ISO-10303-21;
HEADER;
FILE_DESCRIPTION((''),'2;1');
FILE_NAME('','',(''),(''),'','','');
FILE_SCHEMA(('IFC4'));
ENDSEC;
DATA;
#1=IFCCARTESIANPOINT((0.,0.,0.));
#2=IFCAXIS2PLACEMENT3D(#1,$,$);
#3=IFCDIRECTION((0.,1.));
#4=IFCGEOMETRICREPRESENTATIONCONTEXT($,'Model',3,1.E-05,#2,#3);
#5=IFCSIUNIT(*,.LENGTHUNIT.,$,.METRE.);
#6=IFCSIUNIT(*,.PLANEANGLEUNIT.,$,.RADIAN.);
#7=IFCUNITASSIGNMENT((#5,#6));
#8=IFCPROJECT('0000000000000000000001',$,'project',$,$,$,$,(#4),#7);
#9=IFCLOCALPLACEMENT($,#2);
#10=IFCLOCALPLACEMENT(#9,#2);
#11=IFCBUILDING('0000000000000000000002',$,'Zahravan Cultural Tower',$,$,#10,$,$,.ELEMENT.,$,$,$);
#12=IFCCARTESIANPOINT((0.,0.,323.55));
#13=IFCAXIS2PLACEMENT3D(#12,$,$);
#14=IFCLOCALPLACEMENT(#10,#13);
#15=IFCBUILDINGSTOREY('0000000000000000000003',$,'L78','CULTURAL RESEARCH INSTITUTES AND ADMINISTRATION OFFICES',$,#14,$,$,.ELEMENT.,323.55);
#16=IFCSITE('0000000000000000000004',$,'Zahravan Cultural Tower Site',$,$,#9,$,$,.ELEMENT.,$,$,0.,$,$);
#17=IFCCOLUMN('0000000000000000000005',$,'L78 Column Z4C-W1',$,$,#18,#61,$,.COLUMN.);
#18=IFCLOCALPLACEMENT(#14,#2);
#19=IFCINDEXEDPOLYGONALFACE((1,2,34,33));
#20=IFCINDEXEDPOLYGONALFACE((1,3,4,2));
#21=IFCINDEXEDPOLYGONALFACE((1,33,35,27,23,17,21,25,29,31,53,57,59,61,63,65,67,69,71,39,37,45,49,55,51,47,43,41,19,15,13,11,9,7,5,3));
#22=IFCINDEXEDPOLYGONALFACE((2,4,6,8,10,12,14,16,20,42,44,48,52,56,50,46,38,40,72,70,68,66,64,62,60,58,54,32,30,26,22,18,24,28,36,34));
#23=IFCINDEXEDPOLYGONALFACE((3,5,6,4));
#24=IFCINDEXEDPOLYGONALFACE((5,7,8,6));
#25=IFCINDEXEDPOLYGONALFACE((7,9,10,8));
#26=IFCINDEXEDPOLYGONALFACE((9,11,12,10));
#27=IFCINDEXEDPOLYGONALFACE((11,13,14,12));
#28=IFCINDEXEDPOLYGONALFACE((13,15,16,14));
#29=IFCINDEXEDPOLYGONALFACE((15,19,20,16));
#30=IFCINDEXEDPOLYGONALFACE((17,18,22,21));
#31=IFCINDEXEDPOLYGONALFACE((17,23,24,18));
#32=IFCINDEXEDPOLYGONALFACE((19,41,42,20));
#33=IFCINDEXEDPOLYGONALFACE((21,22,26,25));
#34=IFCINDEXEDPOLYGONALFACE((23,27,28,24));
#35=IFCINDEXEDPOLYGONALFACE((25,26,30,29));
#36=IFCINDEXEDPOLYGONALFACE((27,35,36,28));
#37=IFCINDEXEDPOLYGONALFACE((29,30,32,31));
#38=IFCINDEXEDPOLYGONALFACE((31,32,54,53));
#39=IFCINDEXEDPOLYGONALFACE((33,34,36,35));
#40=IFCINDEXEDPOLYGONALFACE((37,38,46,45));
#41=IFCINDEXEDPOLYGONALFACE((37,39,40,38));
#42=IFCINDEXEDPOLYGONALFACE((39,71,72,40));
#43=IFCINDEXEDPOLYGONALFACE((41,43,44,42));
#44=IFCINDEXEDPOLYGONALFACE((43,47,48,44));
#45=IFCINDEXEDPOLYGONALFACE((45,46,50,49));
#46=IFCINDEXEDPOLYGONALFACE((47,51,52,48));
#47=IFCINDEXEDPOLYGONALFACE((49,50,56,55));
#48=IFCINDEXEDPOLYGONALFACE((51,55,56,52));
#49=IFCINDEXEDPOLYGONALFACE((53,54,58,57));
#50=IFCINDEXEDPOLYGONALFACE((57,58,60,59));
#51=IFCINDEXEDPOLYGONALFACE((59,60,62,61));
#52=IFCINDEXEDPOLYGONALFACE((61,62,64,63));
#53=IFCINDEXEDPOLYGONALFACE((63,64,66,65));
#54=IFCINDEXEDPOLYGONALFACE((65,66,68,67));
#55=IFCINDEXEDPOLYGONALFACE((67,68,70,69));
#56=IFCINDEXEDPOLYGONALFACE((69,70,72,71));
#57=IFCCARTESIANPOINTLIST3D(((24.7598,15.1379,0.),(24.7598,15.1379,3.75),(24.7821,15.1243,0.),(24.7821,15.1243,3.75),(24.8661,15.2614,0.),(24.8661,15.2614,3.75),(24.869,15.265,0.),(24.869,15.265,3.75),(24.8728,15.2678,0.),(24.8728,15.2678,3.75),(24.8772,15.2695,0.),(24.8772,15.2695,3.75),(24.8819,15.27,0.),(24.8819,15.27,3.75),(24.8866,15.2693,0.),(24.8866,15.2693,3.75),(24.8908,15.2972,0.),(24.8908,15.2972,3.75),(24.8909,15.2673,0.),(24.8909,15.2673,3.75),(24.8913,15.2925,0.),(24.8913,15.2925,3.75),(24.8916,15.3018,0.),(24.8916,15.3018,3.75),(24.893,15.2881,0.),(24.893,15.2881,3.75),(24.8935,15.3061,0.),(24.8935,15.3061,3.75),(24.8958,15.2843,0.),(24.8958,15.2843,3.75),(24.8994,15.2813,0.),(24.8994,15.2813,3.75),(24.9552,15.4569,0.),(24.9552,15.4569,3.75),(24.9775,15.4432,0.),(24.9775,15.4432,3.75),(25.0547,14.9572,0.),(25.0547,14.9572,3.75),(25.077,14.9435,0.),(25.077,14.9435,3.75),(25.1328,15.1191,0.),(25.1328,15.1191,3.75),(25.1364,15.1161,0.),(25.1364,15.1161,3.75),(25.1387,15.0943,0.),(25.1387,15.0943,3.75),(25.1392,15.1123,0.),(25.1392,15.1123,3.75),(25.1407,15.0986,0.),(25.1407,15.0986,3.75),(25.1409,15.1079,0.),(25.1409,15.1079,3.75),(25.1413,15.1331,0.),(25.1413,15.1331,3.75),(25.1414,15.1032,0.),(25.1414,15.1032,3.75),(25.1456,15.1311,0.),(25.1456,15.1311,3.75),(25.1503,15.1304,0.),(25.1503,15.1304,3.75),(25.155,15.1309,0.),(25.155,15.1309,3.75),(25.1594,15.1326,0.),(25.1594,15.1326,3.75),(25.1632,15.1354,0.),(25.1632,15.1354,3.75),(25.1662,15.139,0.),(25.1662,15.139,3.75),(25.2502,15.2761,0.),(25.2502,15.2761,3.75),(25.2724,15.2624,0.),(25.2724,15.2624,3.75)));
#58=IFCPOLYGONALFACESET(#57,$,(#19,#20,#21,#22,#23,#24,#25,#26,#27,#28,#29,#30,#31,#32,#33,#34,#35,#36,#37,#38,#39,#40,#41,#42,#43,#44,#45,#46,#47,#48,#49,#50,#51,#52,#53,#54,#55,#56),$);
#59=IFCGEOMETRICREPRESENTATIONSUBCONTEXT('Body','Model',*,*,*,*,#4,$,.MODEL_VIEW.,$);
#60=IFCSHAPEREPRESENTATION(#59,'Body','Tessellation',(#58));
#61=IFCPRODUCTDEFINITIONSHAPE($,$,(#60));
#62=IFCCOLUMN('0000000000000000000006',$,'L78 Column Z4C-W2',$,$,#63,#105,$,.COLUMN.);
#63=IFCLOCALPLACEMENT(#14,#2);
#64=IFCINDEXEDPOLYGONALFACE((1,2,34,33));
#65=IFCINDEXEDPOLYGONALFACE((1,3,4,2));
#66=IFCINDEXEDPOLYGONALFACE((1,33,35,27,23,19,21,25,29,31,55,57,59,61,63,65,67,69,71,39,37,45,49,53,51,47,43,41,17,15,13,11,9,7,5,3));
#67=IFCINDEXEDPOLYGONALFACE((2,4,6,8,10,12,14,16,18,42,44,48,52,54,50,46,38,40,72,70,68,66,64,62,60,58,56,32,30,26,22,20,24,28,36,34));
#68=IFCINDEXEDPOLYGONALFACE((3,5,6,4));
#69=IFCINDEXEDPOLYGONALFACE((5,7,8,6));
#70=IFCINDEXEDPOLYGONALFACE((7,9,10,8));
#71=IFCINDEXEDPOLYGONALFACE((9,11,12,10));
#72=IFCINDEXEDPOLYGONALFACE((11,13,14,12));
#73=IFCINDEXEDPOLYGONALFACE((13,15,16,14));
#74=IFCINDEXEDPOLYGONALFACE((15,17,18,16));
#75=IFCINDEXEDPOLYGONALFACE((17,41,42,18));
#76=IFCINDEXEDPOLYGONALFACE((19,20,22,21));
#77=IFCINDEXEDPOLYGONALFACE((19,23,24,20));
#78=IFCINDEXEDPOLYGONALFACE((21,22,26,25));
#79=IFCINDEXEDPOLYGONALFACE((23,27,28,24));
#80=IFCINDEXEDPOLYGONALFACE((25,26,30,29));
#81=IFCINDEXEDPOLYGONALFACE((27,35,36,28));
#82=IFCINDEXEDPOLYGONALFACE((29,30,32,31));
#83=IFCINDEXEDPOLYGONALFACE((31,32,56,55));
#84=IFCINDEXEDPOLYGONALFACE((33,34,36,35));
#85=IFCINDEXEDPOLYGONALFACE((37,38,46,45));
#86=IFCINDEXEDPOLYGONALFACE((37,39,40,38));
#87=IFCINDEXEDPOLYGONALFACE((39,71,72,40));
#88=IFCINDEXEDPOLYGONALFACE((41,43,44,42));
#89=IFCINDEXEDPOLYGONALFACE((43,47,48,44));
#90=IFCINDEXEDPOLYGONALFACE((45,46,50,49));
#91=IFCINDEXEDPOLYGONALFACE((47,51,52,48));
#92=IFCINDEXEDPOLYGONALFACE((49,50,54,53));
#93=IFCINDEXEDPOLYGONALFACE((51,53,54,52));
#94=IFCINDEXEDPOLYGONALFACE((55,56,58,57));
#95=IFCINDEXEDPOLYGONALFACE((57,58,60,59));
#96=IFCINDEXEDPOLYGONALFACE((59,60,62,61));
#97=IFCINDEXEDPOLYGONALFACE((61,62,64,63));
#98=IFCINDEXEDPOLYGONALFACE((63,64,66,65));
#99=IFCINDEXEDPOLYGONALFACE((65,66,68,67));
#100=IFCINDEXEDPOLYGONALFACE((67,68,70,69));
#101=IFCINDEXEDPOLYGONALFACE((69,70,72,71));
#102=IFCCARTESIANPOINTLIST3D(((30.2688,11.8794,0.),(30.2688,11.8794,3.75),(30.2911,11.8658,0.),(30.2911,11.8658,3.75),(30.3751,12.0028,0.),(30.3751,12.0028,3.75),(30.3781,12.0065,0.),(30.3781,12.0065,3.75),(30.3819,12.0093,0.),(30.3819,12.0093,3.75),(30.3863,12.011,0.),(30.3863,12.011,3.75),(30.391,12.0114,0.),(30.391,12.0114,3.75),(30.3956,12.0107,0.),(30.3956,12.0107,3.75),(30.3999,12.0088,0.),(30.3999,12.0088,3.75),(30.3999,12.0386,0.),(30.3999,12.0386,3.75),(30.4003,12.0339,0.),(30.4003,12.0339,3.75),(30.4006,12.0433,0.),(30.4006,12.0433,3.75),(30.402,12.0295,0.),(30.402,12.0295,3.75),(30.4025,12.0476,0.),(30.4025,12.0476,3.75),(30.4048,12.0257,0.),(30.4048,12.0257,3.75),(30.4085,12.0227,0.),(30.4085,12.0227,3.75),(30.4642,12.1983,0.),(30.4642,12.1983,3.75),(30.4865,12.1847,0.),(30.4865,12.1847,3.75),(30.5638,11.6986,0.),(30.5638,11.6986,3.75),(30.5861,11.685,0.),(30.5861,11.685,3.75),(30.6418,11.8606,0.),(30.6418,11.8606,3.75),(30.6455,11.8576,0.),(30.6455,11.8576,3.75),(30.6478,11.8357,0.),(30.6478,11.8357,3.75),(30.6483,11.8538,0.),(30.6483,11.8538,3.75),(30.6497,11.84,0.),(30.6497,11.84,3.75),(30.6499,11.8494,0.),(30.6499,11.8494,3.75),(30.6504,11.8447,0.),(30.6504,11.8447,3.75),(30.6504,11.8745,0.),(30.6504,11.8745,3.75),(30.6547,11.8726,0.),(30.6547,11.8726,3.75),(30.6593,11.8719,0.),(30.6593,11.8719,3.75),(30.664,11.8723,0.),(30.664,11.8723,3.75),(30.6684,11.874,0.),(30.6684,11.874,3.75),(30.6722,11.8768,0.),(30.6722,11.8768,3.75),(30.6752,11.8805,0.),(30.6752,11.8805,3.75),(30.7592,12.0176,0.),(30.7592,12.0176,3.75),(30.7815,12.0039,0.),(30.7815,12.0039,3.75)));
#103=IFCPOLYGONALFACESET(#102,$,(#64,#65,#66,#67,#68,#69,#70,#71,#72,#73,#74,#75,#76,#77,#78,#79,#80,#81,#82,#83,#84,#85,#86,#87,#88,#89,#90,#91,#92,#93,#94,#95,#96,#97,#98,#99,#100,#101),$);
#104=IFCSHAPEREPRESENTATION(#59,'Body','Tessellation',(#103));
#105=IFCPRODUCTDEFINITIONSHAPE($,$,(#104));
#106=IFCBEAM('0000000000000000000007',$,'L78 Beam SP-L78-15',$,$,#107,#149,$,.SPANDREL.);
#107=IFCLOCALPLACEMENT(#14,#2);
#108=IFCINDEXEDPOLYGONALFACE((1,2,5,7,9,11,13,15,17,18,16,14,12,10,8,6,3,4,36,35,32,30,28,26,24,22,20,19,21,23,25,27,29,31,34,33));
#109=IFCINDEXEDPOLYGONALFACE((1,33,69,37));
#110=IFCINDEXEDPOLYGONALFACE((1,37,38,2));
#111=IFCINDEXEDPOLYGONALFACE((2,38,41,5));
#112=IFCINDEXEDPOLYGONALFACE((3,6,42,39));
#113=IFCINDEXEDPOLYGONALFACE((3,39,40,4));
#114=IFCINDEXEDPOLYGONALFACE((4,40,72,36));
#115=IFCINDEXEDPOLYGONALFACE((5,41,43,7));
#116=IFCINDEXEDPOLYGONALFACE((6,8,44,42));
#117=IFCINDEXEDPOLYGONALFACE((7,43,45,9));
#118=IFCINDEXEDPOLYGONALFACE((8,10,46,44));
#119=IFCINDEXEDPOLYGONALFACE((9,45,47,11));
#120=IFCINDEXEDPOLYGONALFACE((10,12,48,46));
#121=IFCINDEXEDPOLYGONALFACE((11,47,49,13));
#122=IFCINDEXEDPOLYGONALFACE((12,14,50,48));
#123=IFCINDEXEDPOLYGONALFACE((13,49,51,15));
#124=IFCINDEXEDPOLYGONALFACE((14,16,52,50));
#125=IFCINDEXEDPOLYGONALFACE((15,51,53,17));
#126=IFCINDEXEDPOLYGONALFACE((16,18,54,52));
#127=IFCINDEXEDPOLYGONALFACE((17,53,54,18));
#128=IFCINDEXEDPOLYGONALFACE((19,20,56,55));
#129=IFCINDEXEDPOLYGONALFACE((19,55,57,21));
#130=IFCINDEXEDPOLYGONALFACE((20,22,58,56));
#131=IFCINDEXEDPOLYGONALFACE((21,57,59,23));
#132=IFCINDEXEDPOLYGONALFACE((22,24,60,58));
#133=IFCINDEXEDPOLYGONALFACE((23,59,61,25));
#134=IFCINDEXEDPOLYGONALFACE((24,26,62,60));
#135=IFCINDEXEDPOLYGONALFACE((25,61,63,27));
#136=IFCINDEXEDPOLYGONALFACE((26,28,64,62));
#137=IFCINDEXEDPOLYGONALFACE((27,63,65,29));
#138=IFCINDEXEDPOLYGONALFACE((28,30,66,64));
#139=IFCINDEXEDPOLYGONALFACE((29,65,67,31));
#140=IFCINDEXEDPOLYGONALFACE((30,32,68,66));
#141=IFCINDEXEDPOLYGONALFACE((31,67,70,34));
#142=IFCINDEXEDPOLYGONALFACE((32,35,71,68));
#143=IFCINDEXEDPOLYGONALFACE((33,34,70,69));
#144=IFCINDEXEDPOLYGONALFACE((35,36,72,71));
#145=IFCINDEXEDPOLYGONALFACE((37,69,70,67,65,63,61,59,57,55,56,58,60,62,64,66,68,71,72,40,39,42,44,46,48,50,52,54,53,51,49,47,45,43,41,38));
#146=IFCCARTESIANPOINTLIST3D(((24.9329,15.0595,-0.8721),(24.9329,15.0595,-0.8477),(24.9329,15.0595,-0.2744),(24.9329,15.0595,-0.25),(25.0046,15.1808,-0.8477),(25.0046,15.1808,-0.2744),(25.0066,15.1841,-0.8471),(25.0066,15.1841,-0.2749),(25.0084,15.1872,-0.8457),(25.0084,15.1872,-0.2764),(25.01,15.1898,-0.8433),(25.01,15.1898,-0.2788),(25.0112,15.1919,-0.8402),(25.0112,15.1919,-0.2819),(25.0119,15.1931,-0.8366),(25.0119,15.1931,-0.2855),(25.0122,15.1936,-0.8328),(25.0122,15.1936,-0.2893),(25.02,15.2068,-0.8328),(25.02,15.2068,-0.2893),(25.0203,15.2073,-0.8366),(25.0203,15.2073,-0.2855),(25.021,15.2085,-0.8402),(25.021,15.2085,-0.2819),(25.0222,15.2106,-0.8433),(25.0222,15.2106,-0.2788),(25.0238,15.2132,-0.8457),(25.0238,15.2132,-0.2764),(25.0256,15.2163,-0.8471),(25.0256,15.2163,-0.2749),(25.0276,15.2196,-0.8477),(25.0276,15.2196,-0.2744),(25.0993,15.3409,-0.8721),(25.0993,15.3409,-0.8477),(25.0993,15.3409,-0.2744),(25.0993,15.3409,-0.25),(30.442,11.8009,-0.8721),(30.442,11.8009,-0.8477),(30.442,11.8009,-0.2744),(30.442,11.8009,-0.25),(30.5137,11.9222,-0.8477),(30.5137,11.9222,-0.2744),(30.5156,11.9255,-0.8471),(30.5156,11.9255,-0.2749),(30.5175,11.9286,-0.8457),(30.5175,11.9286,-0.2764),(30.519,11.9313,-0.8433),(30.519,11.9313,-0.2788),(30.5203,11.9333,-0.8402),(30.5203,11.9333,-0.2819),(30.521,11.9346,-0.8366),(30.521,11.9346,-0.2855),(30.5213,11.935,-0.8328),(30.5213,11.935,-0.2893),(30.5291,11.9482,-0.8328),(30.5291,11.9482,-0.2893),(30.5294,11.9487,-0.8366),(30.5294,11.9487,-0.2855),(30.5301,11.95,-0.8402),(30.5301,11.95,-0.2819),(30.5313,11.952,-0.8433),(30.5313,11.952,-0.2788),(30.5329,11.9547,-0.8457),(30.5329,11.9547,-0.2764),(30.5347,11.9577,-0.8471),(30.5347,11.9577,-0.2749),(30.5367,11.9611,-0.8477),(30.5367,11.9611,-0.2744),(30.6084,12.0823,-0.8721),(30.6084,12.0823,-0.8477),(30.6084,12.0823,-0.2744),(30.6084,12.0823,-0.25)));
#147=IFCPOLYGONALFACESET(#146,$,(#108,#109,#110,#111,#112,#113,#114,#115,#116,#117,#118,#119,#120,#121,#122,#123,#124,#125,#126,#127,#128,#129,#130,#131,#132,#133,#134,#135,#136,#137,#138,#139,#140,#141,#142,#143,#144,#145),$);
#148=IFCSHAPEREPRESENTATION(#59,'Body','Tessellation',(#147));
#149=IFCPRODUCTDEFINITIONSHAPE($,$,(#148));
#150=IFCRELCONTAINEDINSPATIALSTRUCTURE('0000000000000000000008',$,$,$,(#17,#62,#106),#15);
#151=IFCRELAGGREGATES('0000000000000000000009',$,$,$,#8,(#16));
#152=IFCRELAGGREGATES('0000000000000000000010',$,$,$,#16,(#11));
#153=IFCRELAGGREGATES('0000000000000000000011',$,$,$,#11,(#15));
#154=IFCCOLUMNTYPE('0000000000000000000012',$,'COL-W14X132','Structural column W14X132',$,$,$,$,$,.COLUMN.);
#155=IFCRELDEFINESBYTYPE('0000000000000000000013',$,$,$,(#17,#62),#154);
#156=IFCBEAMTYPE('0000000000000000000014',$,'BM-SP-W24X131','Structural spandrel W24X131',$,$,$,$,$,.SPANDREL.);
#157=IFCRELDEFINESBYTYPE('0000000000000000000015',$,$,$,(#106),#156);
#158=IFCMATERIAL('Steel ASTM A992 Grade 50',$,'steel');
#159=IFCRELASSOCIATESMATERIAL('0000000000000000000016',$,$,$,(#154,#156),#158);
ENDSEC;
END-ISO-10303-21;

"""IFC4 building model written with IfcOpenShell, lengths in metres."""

from ifc_helpers import new_model, si_unit, direction, frame, origin, origin_2d, place, context, subcontext, project, spatial, i_section, extrude, source, transform, mapped, material, material_profile, profile_set, type_object, element, save


model = new_model("IFC4")

# Units and contexts
model_context = context("Model", 3, precision=1e-05, world=origin(), true_north=direction((0.0, 1.0)))
body_context = subcontext(model_context, "Body", "Model", "MODEL_VIEW")
ifc_project = project(units=[si_unit("LENGTHUNIT", "METRE"), si_unit("PLANEANGLEUNIT", "RADIAN")], contexts=[model_context])

# Site, building, storey
site_placement = place(None, origin())
site = spatial("IfcSite", under=ifc_project, at=site_placement, Name="Zahravan Cultural Tower Site", CompositionType="ELEMENT", RefElevation=0.0)
building_placement = place(site_placement, origin())
building = spatial("IfcBuilding", under=site, at=building_placement, Name="Zahravan Cultural Tower", CompositionType="ELEMENT")
storey_placement = place(building_placement, frame((0.0, 0.0, 323.55)))
storey = spatial("IfcBuildingStorey", under=building, at=storey_placement, Name="L78", Description="CULTURAL RESEARCH INSTITUTES AND ADMINISTRATION OFFICES", CompositionType="ELEMENT", Elevation=323.55)

# Columns
ifc_material_1 = material(Name="Steel ASTM A992 Grade 50", Category="steel")
ifc_material_profile_1 = material_profile(ifc_material_1, i_section(OverallWidth=0.374, OverallDepth=0.3721, WebThickness=0.0164, FlangeThickness=0.0261, FilletRadius=0.0181, at=origin_2d()), Name="W14X132")
ifc_profile_set_1 = profile_set([ifc_material_profile_1], Name="Steel ASTM A992 Grade 50")
column_type = type_object("IfcColumnType", Name="COL-W14X132", Description="Structural column W14X132", PredefinedType="COLUMN", material=ifc_profile_set_1)
shared_shape_1 = source(origin(), body_context, "Body", "SweptSolid", [
    extrude(i_section(OverallWidth=0.374, OverallDepth=0.3721, WebThickness=0.0164, FlangeThickness=0.0261, FilletRadius=0.0181, at=origin_2d()), origin(), (0.0, 0.0, 1.0), 3.75),
])
for number, where, z_axis, x_axis, name in (
    (1, (25.0161, 15.2002, 0.0), (0.0, 0.0, 1.0), (0.522499, 0.85264, 0.0), "L78 Column Z4C-W1"),
    (2, (30.5251, 11.9417, 0.0), (0.0, 0.0, 1.0), (0.522499, 0.85264, 0.0), "L78 Column Z4C-W2"),
):
    element("IfcColumn", number, at=place(storey_placement, frame(where, z_axis=z_axis, x_axis=x_axis)), inside=storey, type_object=column_type, Name=name, PredefinedType="COLUMN", context=body_context, shape_type="MappedRepresentation", body=[
        mapped(shared_shape_1, transform((0.0, 0.0, 0.0), x_axis=(1.0, 0.0, 0.0), y_axis=(0.0, 1.0, 0.0), z_axis=(0.0, 0.0, 1.0), scale=1.0)),
    ])

# Beam
ifc_material_profile_2 = material_profile(ifc_material_1, i_section(OverallWidth=0.3269, OverallDepth=0.6221, WebThickness=0.0154, FlangeThickness=0.0244, FilletRadius=0.0149, at=origin_2d()), Name="W24X131")
ifc_profile_set_2 = profile_set([ifc_material_profile_2], Name="Steel ASTM A992 Grade 50")
beam_type_1 = type_object("IfcBeamType", Name="BM-SP-W24X131", Description="Structural spandrel W24X131", PredefinedType="SPANDREL", material=ifc_profile_set_2)
shared_shape_2 = source(origin(), body_context, "Body", "SweptSolid", [
    extrude(i_section(OverallWidth=0.3269, OverallDepth=0.6221, WebThickness=0.0154, FlangeThickness=0.0244, FilletRadius=0.0149, at=origin_2d()), origin(), (0.0, 0.0, 1.0), 6.4006),
])
beam_1_placement = place(storey_placement, frame((25.0161, 15.2002, -0.561), z_axis=(0.860707, -0.509101, 0.0), x_axis=(0.509101, 0.860707, 0.0)))
element("IfcBeam", 3, at=beam_1_placement, inside=storey, type_object=beam_type_1, Name="L78 Beam SP-L78-15", PredefinedType="SPANDREL", context=body_context, shape_type="MappedRepresentation", body=[
    mapped(shared_shape_2, transform((0.0, 0.0, 0.0), x_axis=(1.0, 0.0, 0.0), y_axis=(0.0, 1.0, 0.0), z_axis=(0.0, 0.0, 1.0), scale=1.0)),
])

save(model, "model.ifc")
